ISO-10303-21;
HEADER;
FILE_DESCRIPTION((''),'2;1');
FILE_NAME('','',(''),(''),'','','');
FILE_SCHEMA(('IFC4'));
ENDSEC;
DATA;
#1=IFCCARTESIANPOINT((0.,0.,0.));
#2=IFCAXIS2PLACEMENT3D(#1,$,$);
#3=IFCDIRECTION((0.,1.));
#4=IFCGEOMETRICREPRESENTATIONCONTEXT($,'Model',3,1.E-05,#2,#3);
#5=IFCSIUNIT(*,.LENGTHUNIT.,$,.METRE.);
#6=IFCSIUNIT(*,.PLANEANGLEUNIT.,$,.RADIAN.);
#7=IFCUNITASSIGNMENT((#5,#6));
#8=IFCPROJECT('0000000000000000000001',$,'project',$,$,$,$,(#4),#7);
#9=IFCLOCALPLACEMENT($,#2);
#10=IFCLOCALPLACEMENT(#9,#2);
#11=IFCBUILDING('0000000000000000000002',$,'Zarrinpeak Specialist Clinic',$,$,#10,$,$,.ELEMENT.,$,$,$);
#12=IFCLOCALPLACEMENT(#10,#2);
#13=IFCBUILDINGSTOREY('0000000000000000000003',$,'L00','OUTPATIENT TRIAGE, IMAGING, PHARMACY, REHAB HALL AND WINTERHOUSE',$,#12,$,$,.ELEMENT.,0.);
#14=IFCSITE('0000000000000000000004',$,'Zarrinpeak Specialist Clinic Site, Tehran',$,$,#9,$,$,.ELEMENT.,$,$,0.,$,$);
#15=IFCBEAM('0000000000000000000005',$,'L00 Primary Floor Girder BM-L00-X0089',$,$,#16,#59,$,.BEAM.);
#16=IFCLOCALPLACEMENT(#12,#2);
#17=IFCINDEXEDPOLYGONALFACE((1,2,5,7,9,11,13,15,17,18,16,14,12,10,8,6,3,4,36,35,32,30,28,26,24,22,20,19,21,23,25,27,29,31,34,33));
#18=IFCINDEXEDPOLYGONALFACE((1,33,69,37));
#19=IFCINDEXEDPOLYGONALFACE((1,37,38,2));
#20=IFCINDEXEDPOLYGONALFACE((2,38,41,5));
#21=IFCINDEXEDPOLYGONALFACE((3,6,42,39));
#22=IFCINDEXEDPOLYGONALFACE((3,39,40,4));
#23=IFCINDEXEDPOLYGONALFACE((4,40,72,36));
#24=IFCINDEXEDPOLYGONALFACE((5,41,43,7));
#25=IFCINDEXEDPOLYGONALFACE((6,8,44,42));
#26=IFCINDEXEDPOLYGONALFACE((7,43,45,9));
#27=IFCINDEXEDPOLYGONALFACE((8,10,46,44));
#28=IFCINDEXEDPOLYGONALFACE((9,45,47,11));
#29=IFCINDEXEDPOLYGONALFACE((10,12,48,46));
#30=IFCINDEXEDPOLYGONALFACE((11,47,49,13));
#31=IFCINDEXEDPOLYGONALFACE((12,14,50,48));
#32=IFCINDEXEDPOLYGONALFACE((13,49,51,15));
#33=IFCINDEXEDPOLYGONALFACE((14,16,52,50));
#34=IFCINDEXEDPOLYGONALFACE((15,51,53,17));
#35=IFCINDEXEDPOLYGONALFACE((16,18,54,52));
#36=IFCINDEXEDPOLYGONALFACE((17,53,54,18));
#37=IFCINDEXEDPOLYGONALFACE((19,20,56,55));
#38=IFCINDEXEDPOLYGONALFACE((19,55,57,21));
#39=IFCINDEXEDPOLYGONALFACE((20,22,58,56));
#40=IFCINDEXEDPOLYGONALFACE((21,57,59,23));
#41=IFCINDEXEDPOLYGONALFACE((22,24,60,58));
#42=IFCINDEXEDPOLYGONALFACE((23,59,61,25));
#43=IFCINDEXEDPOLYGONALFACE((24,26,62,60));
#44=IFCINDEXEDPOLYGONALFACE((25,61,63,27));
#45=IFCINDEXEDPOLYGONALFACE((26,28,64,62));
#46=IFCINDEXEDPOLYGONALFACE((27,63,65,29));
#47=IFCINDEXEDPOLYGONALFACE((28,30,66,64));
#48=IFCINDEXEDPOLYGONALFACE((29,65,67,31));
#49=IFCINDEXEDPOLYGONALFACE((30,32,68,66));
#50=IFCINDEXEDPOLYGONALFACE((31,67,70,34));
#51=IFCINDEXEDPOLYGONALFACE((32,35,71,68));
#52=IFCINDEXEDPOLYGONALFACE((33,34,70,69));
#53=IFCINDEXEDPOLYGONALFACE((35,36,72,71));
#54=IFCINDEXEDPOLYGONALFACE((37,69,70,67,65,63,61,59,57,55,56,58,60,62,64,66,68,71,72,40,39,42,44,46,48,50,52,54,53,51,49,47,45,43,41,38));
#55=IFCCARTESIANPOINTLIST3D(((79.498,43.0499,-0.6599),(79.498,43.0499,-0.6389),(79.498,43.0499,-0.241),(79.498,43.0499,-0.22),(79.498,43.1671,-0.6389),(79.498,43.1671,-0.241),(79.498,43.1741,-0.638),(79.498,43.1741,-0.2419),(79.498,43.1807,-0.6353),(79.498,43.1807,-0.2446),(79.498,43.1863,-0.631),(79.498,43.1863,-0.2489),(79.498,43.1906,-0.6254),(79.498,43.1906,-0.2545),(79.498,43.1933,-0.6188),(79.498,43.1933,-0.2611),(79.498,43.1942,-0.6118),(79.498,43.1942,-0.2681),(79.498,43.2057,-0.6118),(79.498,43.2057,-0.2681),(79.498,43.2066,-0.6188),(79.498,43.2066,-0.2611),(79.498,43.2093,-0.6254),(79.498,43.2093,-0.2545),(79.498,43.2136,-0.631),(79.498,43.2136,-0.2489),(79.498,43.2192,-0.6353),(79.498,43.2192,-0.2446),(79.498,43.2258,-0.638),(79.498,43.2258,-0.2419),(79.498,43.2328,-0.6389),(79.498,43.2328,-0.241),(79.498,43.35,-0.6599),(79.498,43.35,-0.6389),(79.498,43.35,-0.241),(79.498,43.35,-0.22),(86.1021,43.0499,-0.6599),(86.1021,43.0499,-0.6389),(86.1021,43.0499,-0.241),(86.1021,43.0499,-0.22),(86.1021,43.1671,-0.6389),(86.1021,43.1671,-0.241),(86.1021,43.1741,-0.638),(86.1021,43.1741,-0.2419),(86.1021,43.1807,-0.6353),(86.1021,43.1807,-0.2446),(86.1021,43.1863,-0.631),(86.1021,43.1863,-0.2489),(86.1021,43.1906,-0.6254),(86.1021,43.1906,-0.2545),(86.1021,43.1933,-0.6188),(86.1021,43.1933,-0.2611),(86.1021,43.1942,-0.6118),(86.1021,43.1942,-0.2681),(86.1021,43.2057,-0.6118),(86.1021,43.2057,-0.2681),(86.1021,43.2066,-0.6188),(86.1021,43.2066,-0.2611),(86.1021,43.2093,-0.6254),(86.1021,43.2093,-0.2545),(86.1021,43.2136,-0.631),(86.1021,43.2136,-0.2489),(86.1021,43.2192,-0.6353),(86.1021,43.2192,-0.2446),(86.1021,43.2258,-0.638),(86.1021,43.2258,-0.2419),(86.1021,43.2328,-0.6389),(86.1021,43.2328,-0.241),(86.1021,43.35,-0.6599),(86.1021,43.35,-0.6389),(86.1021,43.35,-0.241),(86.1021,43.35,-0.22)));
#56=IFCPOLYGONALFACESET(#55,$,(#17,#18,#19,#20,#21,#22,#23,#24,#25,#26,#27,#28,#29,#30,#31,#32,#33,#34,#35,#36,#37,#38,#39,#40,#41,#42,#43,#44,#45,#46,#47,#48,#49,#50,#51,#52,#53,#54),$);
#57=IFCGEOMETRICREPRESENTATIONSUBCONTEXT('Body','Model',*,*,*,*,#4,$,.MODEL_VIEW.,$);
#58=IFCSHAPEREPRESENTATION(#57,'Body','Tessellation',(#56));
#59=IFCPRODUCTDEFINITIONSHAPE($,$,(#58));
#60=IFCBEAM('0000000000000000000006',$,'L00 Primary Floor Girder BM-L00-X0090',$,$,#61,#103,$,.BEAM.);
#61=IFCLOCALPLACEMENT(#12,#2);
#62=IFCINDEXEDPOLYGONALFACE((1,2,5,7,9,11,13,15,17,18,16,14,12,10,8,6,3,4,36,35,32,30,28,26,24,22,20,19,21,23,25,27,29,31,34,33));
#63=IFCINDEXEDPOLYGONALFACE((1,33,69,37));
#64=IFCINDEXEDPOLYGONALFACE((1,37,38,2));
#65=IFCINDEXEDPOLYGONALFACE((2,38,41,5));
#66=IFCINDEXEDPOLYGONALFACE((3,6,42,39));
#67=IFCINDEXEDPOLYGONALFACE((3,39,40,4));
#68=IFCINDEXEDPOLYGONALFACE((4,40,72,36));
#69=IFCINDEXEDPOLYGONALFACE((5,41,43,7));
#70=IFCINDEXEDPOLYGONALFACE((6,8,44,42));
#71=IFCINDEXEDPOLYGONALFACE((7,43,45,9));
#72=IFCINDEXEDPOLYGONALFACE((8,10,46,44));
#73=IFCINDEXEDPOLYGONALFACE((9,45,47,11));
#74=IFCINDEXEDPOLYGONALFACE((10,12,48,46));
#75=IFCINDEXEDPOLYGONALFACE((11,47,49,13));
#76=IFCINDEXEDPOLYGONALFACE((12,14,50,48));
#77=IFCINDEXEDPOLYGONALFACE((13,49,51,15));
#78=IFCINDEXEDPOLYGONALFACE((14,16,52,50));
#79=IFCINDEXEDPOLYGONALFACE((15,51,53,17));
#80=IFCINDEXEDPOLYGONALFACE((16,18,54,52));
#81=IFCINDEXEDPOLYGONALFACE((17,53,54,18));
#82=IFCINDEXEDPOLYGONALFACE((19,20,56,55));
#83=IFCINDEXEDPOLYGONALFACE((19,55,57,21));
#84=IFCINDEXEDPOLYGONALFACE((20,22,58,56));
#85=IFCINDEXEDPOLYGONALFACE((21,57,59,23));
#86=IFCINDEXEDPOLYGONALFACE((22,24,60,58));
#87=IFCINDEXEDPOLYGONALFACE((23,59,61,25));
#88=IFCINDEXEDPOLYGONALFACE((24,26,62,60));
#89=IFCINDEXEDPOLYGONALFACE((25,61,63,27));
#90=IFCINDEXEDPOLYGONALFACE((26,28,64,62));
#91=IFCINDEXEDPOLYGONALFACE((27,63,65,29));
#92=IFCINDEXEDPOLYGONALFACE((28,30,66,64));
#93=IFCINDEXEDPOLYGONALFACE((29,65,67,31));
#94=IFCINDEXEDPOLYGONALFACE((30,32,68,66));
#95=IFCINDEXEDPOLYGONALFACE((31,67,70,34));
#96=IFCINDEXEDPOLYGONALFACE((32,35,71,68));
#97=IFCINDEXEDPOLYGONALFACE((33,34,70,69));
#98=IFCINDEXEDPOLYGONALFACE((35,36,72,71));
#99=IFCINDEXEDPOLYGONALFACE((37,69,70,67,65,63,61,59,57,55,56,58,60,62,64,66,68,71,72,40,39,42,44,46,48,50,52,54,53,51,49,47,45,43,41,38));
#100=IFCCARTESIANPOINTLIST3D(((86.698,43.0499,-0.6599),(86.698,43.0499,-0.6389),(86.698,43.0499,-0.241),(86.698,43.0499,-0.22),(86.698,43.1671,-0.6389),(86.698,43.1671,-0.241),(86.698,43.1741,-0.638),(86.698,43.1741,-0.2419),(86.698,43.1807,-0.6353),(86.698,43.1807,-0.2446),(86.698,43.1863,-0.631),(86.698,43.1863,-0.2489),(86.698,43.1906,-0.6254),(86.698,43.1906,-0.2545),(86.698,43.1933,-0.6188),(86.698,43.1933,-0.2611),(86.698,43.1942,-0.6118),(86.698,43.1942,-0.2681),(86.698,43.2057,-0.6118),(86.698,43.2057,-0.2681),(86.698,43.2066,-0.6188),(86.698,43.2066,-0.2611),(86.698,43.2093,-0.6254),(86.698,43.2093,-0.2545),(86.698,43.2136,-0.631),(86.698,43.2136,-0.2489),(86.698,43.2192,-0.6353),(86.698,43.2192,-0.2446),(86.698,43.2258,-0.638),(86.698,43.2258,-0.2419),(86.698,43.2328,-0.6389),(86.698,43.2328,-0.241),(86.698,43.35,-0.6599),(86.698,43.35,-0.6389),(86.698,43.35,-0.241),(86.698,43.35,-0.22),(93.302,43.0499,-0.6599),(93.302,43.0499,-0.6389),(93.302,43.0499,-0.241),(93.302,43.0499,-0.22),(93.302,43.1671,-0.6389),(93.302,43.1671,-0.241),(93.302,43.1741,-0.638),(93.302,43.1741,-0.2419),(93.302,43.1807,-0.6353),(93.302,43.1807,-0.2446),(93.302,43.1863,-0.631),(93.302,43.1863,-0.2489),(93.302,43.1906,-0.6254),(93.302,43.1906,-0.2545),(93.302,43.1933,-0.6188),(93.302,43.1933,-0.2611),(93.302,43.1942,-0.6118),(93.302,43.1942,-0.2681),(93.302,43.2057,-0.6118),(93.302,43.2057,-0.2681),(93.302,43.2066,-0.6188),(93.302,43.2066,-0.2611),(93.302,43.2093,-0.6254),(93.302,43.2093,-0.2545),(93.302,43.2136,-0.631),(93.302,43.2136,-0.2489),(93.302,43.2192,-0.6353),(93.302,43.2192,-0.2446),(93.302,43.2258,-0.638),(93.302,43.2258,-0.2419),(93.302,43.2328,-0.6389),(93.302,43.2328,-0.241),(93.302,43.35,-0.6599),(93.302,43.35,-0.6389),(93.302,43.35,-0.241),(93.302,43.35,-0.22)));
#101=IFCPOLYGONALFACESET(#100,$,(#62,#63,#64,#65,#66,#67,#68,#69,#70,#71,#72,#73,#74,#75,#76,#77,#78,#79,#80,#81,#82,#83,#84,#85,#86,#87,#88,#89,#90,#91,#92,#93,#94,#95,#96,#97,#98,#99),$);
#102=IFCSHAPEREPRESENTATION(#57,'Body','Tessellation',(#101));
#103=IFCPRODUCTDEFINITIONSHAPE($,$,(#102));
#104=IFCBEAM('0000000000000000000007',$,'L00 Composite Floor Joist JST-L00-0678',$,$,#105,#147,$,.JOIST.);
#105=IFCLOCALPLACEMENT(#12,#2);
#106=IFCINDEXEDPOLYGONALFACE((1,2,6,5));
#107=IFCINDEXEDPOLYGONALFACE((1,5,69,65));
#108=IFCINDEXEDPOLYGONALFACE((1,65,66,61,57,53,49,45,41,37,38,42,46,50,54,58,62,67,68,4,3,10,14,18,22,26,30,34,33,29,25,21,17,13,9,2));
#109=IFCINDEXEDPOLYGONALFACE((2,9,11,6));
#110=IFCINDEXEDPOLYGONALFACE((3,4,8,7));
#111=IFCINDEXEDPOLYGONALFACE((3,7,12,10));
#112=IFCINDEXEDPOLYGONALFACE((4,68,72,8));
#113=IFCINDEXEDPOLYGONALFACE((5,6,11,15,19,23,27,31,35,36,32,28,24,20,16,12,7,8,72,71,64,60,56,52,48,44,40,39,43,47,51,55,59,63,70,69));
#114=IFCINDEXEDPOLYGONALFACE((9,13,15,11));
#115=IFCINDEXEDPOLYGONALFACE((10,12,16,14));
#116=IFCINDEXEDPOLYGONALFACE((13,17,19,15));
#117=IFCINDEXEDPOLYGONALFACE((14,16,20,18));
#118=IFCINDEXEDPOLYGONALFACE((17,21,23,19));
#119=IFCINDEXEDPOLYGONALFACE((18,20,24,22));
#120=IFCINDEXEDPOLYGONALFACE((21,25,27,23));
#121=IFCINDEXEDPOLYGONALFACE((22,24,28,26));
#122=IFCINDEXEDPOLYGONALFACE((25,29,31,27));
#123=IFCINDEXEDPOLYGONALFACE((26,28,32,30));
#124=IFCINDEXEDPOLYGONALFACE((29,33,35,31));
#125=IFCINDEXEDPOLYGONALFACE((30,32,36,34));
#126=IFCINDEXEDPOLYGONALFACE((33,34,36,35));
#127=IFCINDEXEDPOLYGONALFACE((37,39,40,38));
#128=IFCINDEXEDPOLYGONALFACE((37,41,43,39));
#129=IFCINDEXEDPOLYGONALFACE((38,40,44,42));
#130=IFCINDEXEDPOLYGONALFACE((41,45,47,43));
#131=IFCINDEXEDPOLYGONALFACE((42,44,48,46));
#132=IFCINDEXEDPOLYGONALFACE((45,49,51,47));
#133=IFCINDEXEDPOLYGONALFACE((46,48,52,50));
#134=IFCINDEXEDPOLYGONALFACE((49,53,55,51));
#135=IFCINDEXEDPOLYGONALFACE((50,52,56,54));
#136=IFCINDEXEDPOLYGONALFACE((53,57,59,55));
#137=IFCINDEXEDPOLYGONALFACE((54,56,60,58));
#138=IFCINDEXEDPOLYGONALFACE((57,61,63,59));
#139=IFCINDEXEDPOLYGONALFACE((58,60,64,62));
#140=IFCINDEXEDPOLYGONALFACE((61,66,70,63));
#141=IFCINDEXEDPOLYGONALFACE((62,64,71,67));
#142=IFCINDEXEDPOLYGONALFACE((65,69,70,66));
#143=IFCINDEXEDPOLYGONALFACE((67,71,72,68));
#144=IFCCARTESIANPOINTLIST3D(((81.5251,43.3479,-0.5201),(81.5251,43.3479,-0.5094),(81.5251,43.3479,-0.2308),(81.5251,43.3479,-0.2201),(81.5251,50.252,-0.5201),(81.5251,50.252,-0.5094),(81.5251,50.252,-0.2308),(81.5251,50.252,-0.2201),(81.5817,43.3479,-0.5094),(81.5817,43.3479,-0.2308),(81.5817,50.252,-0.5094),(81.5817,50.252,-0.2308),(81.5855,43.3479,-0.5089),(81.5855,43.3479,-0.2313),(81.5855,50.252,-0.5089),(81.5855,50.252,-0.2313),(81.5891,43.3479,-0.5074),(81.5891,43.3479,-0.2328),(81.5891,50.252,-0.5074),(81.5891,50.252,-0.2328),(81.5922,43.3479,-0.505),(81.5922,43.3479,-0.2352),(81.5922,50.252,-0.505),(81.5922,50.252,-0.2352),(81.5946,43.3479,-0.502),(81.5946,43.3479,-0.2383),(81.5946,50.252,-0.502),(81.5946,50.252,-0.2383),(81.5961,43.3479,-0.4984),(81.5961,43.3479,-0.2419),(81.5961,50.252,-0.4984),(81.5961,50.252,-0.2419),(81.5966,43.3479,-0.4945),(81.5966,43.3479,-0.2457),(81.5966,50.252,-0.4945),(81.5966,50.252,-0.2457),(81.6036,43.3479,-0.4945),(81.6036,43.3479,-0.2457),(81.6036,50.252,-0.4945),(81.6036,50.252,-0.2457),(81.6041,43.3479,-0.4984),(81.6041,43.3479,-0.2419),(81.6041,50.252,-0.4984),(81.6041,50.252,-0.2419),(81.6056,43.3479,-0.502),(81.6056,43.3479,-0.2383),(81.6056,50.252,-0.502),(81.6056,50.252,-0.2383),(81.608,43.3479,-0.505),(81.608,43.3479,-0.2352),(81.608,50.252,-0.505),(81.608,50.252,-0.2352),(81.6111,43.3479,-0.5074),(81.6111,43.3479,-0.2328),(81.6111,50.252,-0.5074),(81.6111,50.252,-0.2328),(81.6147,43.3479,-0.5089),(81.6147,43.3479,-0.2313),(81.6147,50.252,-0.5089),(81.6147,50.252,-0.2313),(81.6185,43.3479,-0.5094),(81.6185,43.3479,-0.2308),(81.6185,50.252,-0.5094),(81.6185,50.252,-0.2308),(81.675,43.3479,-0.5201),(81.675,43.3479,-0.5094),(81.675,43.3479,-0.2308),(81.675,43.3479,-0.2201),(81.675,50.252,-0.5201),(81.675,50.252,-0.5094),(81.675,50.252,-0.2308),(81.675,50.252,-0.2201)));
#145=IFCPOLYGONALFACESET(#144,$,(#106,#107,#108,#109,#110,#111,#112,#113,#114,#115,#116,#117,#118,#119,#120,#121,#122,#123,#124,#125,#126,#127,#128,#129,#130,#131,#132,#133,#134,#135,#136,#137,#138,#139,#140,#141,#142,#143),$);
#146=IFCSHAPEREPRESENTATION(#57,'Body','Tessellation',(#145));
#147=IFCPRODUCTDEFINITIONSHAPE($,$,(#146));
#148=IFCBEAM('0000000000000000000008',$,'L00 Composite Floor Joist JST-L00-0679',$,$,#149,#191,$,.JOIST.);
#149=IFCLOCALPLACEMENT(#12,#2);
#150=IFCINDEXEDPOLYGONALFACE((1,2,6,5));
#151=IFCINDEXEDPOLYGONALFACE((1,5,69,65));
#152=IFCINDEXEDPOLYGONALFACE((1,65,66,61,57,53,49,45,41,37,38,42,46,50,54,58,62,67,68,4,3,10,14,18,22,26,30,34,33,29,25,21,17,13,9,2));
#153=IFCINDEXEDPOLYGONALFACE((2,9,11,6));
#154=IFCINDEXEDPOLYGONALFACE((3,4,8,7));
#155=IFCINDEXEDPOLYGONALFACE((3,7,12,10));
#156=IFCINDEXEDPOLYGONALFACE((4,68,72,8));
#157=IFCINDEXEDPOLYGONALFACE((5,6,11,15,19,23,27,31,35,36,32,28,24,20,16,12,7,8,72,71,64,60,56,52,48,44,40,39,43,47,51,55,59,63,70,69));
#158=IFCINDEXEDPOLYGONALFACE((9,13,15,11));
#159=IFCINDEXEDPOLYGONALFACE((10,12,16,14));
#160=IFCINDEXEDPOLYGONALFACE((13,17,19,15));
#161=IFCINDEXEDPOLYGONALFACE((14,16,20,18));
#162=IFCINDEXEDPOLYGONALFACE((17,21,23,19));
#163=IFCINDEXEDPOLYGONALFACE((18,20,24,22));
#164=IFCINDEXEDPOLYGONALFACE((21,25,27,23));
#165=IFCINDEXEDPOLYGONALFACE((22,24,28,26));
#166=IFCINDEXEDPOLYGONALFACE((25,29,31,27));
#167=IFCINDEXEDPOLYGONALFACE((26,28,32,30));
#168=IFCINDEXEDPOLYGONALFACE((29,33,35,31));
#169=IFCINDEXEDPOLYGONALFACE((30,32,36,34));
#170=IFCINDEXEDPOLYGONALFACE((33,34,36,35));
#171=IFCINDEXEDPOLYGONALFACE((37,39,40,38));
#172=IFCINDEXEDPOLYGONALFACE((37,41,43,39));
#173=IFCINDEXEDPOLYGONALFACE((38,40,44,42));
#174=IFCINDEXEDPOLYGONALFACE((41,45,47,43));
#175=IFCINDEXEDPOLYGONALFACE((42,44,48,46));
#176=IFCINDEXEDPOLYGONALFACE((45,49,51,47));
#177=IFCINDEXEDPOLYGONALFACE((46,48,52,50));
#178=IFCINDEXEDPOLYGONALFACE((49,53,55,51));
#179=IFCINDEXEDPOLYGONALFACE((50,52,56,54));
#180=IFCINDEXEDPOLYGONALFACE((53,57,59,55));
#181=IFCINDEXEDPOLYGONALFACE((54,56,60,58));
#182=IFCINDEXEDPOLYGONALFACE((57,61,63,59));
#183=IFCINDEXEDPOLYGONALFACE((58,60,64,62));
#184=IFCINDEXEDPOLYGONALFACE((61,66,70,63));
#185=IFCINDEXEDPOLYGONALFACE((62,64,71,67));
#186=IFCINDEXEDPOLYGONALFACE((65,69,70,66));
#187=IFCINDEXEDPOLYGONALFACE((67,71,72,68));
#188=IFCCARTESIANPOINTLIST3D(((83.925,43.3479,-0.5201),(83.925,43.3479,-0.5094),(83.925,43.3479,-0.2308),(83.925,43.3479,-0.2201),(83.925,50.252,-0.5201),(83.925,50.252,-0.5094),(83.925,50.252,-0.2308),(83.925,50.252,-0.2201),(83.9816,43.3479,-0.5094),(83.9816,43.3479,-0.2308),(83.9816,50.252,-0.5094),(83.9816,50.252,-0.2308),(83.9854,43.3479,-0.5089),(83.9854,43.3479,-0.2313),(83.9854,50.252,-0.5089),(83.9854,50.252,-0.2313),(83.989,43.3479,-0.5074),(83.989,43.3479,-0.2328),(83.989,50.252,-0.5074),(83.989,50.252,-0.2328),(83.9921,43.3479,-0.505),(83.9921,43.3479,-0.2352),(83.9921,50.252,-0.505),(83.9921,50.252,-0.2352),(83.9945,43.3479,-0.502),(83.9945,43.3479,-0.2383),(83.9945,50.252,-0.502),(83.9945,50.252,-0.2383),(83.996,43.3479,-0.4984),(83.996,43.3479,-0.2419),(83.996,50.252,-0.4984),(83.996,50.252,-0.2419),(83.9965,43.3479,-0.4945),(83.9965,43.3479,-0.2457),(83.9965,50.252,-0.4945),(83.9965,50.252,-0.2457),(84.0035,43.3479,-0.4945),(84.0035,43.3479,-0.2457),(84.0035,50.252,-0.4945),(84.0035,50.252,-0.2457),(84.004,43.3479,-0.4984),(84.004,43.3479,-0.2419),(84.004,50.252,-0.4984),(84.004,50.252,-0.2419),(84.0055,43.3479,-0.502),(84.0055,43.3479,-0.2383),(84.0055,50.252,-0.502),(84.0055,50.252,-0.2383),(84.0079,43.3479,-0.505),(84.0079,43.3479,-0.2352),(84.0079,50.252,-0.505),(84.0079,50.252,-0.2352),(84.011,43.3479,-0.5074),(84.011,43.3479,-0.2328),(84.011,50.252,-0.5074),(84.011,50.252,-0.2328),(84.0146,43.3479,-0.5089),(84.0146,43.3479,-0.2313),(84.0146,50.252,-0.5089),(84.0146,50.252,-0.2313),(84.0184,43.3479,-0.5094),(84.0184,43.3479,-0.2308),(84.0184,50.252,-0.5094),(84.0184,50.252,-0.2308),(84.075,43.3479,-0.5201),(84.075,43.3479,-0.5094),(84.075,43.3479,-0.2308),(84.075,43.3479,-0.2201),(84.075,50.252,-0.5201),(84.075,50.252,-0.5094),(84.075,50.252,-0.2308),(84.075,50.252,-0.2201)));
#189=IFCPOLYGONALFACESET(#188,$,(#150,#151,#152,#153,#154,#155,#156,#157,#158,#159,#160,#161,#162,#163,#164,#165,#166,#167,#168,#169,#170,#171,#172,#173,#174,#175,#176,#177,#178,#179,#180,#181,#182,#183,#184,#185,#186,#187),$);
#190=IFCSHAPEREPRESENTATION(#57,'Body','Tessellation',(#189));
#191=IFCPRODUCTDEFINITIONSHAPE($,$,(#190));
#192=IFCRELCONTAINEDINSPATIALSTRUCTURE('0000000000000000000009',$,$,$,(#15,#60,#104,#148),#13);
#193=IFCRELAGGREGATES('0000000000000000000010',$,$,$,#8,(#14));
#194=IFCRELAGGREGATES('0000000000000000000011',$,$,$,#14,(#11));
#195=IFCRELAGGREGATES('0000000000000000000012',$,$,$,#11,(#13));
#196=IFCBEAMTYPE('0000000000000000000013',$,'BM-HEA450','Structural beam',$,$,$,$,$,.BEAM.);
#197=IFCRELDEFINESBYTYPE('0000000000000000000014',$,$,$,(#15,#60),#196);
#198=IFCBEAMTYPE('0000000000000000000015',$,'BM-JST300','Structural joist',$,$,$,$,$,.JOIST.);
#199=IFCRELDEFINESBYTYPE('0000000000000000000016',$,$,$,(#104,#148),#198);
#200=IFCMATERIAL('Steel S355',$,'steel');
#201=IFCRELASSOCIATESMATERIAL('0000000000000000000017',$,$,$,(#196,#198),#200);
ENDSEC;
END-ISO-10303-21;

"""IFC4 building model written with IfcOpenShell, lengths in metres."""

from ifc_helpers import new_model, si_unit, direction, frame, origin, origin_2d, place, context, subcontext, project, spatial, i_section, extrude, material, material_profile, profile_set, type_object, element, save


model = new_model("IFC4")

# Units and contexts
model_context = context("Model", 3, precision=1e-05, world=origin(), true_north=direction((0.0, 1.0)))
body_context = subcontext(model_context, "Body", "Model", "MODEL_VIEW")
ifc_project = project(units=[si_unit("LENGTHUNIT", "METRE"), si_unit("PLANEANGLEUNIT", "RADIAN")], contexts=[model_context])

# Site, building, storey
site_placement = place(None, origin())
site = spatial("IfcSite", under=ifc_project, at=site_placement, Name="Zarrinpeak Specialist Clinic Site, Tehran", CompositionType="ELEMENT", RefElevation=0.0)
building_placement = place(site_placement, origin())
building = spatial("IfcBuilding", under=site, at=building_placement, Name="Zarrinpeak Specialist Clinic", CompositionType="ELEMENT")
storey_placement = place(building_placement, origin())
storey = spatial("IfcBuildingStorey", under=building, at=storey_placement, Name="L00", Description="OUTPATIENT TRIAGE, IMAGING, PHARMACY, REHAB HALL AND WINTERHOUSE", CompositionType="ELEMENT", Elevation=0.0)

# Shared definitions
ifc_material_1 = material(Name="Steel S355", Category="steel")

# Beams
ifc_material_profile_1 = material_profile(ifc_material_1, i_section(OverallWidth=0.3, OverallDepth=0.4399, WebThickness=0.0115, FlangeThickness=0.021, FilletRadius=0.0271, at=origin_2d()), Name="HEA 450")
ifc_profile_set_1 = profile_set([ifc_material_profile_1], Name="Steel S355")
beam_type_1 = type_object("IfcBeamType", Name="BM-HEA450", Description="Structural beam", PredefinedType="BEAM", material=ifc_profile_set_1)
for number, where, z_axis, x_axis, name in (
    (1, (79.498, 43.2, -0.4399), (1.0, 0.0, 0.0), (0.0, 1.0, 0.0), "L00 Primary Floor Girder BM-L00-X0089"),
    (2, (86.698, 43.2, -0.4399), (1.0, 0.0, 0.0), (0.0, 1.0, 0.0), "L00 Primary Floor Girder BM-L00-X0090"),
):
    element("IfcBeam", number, at=place(storey_placement, frame(where, z_axis=z_axis, x_axis=x_axis)), inside=storey, type_object=beam_type_1, Name=name, PredefinedType="BEAM", context=body_context, shape_type="SweptSolid", body=[
        extrude(i_section(OverallWidth=0.3, OverallDepth=0.4399, WebThickness=0.0115, FlangeThickness=0.021, FilletRadius=0.0271, at=origin_2d()), origin(), (0.0, 0.0, 1.0), 6.604),
    ])
ifc_material_profile_2 = material_profile(ifc_material_1, i_section(OverallWidth=0.1499, OverallDepth=0.3, WebThickness=0.0071, FlangeThickness=0.0107, FilletRadius=0.0149, at=origin_2d()), Name="IPE 300")
ifc_profile_set_2 = profile_set([ifc_material_profile_2], Name="Steel S355")
beam_type_2 = type_object("IfcBeamType", Name="BM-JST300", Description="Structural joist", PredefinedType="JOIST", material=ifc_profile_set_2)
for number, where, z_axis, x_axis, name in (
    (3, (81.6001, 43.3479, -0.3701), (0.0, 1.0, 0.0), (-1.0, 0.0, 0.0), "L00 Composite Floor Joist JST-L00-0678"),
    (4, (84.0, 43.3479, -0.3701), (0.0, 1.0, 0.0), (-1.0, 0.0, 0.0), "L00 Composite Floor Joist JST-L00-0679"),
):
    element("IfcBeam", number, at=place(storey_placement, frame(where, z_axis=z_axis, x_axis=x_axis)), inside=storey, type_object=beam_type_2, Name=name, PredefinedType="JOIST", context=body_context, shape_type="SweptSolid", body=[
        extrude(i_section(OverallWidth=0.1499, OverallDepth=0.3, WebThickness=0.0071, FlangeThickness=0.0107, FilletRadius=0.0149, at=origin_2d()), origin(), (0.0, 0.0, 1.0), 6.9041),
    ])

save(model, "model.ifc")
